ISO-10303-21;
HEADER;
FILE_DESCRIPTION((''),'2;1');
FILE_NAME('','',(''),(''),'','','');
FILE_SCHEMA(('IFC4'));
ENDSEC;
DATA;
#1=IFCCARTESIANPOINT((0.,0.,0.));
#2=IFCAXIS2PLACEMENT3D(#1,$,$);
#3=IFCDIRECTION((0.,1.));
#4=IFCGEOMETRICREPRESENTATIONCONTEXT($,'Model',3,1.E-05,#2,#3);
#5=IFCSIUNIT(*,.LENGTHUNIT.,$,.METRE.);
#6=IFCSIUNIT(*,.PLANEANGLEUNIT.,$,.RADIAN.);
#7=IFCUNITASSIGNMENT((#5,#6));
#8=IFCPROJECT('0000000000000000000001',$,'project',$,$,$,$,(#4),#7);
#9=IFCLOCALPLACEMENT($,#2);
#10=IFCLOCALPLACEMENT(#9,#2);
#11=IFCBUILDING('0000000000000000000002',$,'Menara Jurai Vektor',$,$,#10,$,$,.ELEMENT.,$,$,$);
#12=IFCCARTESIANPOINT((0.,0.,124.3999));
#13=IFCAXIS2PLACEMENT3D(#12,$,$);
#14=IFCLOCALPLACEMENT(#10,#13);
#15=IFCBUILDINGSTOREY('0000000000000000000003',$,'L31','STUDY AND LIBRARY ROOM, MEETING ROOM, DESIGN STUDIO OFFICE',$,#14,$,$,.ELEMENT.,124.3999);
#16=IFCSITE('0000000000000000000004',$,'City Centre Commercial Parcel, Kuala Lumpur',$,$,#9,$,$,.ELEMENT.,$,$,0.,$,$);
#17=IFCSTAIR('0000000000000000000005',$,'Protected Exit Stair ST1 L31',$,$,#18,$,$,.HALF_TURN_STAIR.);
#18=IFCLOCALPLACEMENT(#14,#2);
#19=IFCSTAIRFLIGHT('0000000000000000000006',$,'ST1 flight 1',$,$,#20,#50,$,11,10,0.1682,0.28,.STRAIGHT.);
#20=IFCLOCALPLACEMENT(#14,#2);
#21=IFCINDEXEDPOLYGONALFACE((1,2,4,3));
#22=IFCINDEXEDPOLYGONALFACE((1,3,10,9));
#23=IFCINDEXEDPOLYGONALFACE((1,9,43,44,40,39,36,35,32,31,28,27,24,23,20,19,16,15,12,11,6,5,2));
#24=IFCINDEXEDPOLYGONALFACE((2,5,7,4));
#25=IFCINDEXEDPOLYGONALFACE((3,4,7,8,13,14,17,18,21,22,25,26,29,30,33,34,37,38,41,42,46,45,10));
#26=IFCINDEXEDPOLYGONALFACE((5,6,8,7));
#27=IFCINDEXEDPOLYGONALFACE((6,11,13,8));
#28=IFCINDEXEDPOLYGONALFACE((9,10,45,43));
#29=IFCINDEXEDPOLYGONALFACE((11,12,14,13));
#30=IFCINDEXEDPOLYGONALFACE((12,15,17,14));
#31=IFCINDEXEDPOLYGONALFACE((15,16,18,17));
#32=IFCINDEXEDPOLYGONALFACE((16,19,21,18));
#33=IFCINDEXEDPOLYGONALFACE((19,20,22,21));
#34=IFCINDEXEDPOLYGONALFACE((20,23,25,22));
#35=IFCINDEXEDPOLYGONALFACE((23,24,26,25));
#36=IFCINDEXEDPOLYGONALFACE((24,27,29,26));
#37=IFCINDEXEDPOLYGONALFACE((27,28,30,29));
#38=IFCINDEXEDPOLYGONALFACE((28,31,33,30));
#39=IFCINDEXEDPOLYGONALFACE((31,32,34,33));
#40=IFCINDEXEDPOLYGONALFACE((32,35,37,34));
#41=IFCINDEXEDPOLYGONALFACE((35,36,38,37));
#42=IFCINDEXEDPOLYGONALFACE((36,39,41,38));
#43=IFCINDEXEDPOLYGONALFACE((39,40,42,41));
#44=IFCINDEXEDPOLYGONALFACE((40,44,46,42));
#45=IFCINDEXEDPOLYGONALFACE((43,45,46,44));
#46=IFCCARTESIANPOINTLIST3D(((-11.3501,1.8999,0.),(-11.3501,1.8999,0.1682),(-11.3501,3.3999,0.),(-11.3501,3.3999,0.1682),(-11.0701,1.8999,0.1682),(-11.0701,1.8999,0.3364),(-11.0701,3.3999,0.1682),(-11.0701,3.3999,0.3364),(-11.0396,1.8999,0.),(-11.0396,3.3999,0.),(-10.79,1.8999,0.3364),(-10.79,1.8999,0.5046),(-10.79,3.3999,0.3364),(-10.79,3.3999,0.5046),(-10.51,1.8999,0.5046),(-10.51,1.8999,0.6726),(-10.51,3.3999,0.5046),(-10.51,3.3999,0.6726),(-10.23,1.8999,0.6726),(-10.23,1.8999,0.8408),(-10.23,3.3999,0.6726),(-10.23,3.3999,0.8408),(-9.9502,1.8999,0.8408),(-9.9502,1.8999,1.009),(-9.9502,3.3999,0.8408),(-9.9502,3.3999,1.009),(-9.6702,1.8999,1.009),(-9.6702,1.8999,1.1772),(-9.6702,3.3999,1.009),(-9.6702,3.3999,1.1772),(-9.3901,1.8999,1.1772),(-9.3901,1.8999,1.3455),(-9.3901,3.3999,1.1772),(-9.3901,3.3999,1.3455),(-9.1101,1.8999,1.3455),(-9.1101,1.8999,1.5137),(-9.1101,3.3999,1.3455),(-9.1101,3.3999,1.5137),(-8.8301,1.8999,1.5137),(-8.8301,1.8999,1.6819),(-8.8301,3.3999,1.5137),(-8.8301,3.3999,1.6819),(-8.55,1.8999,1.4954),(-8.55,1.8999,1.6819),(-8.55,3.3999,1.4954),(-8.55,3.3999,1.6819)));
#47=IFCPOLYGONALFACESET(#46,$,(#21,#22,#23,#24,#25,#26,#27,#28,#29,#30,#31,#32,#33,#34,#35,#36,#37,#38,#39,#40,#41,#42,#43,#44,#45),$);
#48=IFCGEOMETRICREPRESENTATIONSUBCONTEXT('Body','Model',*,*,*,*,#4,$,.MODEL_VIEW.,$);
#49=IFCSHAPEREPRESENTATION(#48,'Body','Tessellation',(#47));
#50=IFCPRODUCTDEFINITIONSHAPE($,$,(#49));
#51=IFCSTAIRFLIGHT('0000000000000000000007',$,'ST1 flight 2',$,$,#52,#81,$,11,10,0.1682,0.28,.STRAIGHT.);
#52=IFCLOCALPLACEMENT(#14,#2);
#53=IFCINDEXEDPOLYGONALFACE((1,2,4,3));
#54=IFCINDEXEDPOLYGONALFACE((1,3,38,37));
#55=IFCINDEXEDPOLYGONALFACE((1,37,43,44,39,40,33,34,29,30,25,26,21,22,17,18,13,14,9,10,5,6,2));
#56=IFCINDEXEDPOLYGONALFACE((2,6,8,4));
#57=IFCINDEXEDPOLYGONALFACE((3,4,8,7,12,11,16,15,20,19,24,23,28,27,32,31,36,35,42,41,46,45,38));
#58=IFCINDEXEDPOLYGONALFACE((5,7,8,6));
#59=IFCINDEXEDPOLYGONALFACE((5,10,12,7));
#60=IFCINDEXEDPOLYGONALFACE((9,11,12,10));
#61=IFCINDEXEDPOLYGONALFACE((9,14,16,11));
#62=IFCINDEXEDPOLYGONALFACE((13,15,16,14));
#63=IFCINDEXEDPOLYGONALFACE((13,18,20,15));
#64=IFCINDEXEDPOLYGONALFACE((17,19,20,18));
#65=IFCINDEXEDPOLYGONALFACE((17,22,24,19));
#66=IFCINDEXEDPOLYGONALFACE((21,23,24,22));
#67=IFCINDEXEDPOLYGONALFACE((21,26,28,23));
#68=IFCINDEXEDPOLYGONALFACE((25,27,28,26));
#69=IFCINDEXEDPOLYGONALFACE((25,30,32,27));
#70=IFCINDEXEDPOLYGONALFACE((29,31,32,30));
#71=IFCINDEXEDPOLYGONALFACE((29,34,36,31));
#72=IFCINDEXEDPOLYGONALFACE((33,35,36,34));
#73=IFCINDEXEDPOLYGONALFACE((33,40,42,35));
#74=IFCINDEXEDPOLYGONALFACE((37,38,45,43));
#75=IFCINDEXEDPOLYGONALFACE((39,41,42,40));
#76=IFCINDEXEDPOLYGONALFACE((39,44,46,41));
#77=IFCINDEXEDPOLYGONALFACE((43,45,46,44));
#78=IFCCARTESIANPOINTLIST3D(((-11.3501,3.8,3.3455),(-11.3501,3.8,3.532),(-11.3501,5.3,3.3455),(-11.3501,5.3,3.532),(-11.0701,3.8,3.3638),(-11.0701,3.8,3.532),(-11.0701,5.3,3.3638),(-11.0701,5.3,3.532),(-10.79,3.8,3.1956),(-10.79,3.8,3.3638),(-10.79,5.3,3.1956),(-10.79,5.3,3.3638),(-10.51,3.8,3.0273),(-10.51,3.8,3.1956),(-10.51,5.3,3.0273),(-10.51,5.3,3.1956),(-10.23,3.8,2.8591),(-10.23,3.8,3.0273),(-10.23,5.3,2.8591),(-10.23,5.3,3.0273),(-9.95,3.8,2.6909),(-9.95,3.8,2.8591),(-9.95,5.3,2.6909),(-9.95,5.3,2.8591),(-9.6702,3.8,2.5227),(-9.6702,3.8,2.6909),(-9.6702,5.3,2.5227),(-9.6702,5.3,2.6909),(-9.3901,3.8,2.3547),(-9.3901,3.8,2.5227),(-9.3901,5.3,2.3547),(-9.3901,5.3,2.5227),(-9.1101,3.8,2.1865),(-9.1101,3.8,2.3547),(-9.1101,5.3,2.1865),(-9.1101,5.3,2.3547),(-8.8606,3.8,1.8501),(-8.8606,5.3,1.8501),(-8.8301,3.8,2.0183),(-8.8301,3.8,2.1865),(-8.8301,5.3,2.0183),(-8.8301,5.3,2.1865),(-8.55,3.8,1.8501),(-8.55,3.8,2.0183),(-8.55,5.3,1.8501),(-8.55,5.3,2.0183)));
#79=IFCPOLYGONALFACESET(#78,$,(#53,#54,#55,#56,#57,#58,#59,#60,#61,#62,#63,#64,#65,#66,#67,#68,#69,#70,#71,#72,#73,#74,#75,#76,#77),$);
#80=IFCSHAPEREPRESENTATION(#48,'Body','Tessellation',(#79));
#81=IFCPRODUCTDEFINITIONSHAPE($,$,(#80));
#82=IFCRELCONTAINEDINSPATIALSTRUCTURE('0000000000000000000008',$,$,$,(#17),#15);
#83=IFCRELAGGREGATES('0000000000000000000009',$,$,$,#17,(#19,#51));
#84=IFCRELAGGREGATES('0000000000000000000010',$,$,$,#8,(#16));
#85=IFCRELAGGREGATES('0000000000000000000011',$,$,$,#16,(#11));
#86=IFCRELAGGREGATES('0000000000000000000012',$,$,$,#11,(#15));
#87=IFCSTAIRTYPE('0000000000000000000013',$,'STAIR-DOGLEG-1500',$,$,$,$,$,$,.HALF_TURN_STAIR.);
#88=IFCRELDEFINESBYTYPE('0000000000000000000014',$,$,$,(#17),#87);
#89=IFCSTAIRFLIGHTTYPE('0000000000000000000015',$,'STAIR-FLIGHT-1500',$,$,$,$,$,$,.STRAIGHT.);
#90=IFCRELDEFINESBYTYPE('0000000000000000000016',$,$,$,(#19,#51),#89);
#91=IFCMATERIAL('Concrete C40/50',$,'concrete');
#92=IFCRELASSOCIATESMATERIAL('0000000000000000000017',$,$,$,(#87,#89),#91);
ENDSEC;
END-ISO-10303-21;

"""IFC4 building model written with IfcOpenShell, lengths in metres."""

from ifc_helpers import new_model, si_unit, direction, frame, origin, place, context, subcontext, project, spatial, polyline, outline, extrude, material, type_object, element, aggregate, save


model = new_model("IFC4")

# Units and contexts
model_context = context("Model", 3, precision=1e-05, world=origin(), true_north=direction((0.0, 1.0)))
body_context = subcontext(model_context, "Body", "Model", "MODEL_VIEW")
ifc_project = project(units=[si_unit("LENGTHUNIT", "METRE"), si_unit("PLANEANGLEUNIT", "RADIAN")], contexts=[model_context])

# Site, building, storey
site_placement = place(None, origin())
site = spatial("IfcSite", under=ifc_project, at=site_placement, Name="City Centre Commercial Parcel, Kuala Lumpur", CompositionType="ELEMENT", RefElevation=0.0)
building_placement = place(site_placement, origin())
building = spatial("IfcBuilding", under=site, at=building_placement, Name="Menara Jurai Vektor", CompositionType="ELEMENT")
storey_placement = place(building_placement, frame((0.0, 0.0, 124.3999)))
storey = spatial("IfcBuildingStorey", under=building, at=storey_placement, Name="L31", Description="STUDY AND LIBRARY ROOM, MEETING ROOM, DESIGN STUDIO OFFICE", CompositionType="ELEMENT", Elevation=124.3999)

# Stair
ifc_material_1 = material(Name="Concrete C40/50", Category="concrete")
stair_type = type_object("IfcStairType", Name="STAIR-DOGLEG-1500", PredefinedType="HALF_TURN_STAIR", material=ifc_material_1)
stair_1_placement = place(storey_placement, origin())
stair_1 = element("IfcStair", 1, at=stair_1_placement, inside=storey, type_object=stair_type, Name="Protected Exit Stair ST1 L31", PredefinedType="HALF_TURN_STAIR")

# Stair flights
stair_flight_type = type_object("IfcStairFlightType", Name="STAIR-FLIGHT-1500", PredefinedType="STRAIGHT", material=ifc_material_1)
stair_flight_1_placement = place(storey_placement, frame((-11.3501, 2.6499, 0.0), z_axis=(0.0, 0.0, 1.0), x_axis=(1.0, 0.0, 0.0)))
stair_flight_1 = element("IfcStairFlight", 2, at=stair_flight_1_placement, type_object=stair_flight_type, Name="ST1 flight 1", NumberOfRisers=11, NumberOfTreads=10, PredefinedType="STRAIGHT", RiserHeight=0.1682, TreadLength=0.28, context=body_context, shape_type="SweptSolid", body=[
    extrude(outline(polyline([(0.0, 0.0), (0.0, 0.1682), (0.28, 0.1682), (0.28, 0.3364), (0.5601, 0.3364), (0.5601, 0.5046), (0.8401, 0.5046), (0.8401, 0.6726), (1.1201, 0.6726), (1.1201, 0.8408), (1.3999, 0.8408), (1.3999, 1.009), (1.6799, 1.009), (1.6799, 1.1772), (1.96, 1.1772), (1.96, 1.3455), (2.24, 1.3455), (2.24, 1.5137), (2.52, 1.5137), (2.52, 1.6819), (2.8, 1.6819), (2.8, 1.8501), (2.8, 1.4954), (0.3105, 0.0), (0.0, 0.0)])), frame((0.0, 0.75, 0.0), z_axis=(0.0, -1.0, 0.0), x_axis=(1.0, 0.0, 0.0)), (0.0, 0.0, 1.0), 1.5),
])
stair_flight_2_placement = place(storey_placement, frame((-8.55, 4.55, 1.8501), z_axis=(0.0, 0.0, 1.0), x_axis=(-1.0, 0.0, 0.0)))
stair_flight_2 = element("IfcStairFlight", 3, at=stair_flight_2_placement, type_object=stair_flight_type, Name="ST1 flight 2", NumberOfRisers=11, NumberOfTreads=10, PredefinedType="STRAIGHT", RiserHeight=0.1682, TreadLength=0.28, context=body_context, shape_type="SweptSolid", body=[
    extrude(outline(polyline([(0.0, 0.0), (0.0, 0.1682), (0.28, 0.1682), (0.28, 0.3364), (0.5601, 0.3364), (0.5601, 0.5046), (0.8401, 0.5046), (0.8401, 0.6726), (1.1201, 0.6726), (1.1201, 0.8408), (1.3999, 0.8408), (1.3999, 1.009), (1.6799, 1.009), (1.6799, 1.1772), (1.96, 1.1772), (1.96, 1.3455), (2.24, 1.3455), (2.24, 1.5137), (2.52, 1.5137), (2.52, 1.6819), (2.8, 1.6819), (2.8, 1.8501), (2.8, 1.4954), (0.3105, 0.0), (0.0, 0.0)])), frame((0.0, 0.75, 0.0), z_axis=(0.0, -1.0, 0.0), x_axis=(1.0, 0.0, 0.0)), (0.0, 0.0, 1.0), 1.5),
])
aggregate(stair_1, [stair_flight_1, stair_flight_2])

save(model, "model.ifc")
